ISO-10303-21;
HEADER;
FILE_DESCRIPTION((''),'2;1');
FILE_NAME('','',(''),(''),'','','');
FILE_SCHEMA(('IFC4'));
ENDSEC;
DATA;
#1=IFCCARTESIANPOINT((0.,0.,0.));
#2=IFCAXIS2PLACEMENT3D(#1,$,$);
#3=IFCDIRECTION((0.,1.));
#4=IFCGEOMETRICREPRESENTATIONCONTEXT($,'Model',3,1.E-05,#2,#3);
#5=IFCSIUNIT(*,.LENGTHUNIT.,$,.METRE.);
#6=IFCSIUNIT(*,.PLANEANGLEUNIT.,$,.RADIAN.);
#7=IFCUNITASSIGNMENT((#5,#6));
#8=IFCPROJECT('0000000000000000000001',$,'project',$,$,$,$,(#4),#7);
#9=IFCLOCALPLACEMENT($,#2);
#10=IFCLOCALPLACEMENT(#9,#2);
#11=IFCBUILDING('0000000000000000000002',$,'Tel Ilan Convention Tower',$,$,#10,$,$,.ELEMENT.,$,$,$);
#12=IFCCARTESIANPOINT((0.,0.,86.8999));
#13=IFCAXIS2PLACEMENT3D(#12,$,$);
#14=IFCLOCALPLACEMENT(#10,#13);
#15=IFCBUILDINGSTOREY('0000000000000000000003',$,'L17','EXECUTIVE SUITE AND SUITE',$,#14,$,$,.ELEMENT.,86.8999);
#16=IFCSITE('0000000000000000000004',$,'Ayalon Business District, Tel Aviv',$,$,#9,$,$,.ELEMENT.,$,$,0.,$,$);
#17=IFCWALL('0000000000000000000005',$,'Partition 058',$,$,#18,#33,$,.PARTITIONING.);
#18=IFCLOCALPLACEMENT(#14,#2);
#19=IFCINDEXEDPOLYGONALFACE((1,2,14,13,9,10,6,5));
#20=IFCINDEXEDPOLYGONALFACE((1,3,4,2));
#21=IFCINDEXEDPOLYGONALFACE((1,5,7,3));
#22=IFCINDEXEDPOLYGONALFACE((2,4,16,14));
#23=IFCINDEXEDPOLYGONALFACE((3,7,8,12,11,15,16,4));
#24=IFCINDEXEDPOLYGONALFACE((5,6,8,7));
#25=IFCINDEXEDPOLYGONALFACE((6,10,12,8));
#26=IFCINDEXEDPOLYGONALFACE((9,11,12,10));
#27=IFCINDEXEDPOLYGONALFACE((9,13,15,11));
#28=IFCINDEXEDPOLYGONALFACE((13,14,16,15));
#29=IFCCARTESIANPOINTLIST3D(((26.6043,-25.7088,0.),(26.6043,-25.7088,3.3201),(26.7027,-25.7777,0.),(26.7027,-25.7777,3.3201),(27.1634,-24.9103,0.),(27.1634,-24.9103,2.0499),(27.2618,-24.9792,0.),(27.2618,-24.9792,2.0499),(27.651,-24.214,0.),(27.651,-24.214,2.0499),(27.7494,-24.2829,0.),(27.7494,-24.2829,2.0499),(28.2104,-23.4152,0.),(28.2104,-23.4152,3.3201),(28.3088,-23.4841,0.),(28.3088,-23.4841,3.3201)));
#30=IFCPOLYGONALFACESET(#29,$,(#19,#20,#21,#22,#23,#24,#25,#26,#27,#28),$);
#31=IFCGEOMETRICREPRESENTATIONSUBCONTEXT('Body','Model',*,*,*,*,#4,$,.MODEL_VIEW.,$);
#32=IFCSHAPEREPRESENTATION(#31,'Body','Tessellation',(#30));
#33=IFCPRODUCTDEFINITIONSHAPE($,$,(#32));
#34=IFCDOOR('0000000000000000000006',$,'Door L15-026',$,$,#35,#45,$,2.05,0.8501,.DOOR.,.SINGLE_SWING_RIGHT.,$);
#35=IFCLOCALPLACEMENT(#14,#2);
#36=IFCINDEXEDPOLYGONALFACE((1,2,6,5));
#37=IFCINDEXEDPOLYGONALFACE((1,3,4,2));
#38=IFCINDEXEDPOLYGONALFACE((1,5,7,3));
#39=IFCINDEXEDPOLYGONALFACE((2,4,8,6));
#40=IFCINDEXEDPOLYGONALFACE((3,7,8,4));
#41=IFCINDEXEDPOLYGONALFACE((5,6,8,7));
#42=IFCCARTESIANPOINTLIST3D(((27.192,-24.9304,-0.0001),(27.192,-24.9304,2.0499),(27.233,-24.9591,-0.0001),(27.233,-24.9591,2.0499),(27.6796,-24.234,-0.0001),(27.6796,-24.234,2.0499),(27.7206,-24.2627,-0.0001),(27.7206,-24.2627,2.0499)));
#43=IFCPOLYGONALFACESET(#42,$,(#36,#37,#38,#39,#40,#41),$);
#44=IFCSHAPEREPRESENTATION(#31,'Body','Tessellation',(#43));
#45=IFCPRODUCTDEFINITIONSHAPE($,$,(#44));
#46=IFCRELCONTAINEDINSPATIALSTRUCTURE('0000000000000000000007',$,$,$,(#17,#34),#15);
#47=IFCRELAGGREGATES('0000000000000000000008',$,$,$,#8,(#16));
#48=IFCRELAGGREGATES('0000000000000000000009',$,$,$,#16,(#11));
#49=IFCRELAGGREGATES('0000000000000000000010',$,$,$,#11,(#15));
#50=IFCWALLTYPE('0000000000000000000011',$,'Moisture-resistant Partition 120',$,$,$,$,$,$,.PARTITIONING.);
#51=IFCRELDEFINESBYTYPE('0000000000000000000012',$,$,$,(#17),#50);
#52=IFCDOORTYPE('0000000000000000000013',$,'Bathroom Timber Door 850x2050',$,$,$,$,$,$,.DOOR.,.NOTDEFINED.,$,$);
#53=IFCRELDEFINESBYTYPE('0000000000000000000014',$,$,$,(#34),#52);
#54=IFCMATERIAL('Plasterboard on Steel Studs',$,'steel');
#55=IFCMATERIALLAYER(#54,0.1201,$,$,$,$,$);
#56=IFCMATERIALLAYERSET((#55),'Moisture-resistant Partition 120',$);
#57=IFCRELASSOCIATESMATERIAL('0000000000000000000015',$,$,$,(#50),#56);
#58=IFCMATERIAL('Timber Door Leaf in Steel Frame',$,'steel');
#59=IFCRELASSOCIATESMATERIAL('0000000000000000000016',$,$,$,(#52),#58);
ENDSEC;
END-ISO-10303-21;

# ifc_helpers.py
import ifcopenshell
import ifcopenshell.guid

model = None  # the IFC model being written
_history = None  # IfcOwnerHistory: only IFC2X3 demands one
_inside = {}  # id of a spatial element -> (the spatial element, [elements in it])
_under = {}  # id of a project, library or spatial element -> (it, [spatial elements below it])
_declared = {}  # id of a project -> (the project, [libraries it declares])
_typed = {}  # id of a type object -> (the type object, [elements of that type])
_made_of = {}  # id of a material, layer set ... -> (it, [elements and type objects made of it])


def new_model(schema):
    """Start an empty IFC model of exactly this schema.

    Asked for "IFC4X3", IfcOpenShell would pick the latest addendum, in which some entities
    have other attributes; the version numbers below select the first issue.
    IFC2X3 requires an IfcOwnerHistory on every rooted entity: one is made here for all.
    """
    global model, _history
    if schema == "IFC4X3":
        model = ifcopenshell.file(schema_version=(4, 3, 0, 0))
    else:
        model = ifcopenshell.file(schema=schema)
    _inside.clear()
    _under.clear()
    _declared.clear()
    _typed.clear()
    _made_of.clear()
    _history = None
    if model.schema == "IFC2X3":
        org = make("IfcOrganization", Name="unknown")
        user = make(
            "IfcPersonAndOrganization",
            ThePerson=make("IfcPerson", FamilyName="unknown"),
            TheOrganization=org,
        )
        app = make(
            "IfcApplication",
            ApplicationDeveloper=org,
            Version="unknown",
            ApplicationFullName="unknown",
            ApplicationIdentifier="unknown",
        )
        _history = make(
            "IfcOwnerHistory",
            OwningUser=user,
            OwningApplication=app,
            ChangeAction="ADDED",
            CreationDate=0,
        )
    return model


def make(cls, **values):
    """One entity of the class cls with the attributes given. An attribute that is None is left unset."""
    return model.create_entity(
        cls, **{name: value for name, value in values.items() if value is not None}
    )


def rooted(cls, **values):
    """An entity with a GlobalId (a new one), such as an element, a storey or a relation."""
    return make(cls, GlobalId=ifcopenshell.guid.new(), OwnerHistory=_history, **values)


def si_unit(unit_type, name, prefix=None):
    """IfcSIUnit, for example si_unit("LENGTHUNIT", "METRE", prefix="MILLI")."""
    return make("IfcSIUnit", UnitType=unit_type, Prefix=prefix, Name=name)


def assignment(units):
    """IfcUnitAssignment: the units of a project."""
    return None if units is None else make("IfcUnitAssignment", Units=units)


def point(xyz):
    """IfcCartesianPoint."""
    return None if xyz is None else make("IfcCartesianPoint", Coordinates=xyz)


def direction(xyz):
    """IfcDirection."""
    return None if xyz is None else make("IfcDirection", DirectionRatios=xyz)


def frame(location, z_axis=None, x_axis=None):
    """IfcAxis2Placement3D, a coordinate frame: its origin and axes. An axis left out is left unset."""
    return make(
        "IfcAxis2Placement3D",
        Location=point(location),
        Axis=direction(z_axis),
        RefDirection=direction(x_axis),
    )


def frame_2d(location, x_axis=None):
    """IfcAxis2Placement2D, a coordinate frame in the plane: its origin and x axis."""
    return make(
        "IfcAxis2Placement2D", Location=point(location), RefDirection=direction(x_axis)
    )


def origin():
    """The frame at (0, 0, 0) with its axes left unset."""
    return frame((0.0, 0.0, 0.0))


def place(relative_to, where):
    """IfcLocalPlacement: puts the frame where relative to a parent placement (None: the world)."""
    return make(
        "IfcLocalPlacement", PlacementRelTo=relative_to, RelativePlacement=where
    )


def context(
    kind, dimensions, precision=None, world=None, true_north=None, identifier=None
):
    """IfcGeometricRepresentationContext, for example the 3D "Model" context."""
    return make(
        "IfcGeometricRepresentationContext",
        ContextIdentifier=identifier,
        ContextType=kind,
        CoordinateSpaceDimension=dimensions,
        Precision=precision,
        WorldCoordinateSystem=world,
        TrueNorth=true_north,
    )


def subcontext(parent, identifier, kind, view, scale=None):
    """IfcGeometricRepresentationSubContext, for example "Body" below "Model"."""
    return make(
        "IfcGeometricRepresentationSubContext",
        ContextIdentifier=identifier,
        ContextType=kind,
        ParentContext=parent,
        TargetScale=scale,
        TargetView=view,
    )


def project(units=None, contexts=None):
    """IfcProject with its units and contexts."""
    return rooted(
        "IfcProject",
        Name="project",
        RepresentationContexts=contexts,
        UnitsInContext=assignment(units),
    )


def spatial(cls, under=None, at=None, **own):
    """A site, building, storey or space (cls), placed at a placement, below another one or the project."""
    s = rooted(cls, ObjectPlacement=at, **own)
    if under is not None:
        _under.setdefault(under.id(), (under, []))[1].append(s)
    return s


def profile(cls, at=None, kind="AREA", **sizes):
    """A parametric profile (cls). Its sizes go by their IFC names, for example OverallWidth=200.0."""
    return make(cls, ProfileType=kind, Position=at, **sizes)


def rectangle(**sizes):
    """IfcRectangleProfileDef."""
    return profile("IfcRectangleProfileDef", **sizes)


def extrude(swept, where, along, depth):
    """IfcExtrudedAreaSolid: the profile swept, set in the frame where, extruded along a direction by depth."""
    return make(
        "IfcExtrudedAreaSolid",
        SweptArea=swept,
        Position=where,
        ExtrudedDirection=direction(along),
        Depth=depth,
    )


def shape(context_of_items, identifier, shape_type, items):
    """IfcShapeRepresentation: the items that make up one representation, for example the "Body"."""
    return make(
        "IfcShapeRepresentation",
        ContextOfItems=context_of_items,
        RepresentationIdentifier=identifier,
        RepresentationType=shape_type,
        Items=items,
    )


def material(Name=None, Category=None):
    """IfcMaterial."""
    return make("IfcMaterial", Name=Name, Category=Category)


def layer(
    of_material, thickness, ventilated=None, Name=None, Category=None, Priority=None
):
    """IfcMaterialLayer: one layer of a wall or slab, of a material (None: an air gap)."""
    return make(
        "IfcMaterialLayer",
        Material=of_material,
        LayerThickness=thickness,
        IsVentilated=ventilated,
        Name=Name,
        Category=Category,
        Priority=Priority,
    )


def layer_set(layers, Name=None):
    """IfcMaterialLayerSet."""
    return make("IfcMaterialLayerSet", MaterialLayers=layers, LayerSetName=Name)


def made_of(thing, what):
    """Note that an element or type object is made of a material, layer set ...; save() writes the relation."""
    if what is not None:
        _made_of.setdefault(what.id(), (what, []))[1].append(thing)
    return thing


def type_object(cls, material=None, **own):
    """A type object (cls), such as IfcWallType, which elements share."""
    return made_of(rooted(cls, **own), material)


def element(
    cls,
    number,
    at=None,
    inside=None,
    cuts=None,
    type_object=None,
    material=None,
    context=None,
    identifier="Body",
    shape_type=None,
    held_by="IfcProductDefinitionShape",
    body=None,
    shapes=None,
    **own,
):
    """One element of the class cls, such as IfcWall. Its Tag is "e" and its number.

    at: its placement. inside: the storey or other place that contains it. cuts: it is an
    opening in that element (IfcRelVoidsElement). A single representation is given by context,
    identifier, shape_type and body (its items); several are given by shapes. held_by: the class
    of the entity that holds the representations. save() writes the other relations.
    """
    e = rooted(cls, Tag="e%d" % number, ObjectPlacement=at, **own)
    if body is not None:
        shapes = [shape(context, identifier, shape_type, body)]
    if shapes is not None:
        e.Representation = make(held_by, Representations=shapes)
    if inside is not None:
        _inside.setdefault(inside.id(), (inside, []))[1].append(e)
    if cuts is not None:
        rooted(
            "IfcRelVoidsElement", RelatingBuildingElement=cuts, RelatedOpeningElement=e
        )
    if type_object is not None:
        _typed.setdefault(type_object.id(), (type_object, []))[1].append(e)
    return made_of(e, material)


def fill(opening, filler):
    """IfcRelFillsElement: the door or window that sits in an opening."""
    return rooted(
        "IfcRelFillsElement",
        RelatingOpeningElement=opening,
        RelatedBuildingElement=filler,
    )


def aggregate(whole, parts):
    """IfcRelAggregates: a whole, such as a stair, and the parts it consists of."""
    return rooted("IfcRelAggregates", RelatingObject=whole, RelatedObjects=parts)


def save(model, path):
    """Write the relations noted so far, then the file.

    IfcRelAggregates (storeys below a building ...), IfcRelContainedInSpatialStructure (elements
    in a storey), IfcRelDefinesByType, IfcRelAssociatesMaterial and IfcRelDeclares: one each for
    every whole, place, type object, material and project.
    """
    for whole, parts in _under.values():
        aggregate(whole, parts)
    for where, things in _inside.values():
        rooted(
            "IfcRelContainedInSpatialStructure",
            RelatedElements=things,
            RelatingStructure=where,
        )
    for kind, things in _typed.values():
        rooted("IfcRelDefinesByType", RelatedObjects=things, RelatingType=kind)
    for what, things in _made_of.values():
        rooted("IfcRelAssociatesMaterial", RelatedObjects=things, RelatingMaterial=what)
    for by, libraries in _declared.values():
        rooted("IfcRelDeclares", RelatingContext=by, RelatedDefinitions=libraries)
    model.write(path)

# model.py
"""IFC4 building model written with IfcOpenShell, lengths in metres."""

from ifc_helpers import new_model, si_unit, direction, frame, frame_2d, origin, place, context, subcontext, project, spatial, rectangle, extrude, material, layer, layer_set, type_object, element, fill, save


model = new_model("IFC4")

# Units and contexts
model_context = context("Model", 3, precision=1e-05, world=origin(), true_north=direction((0.0, 1.0)))
body_context = subcontext(model_context, "Body", "Model", "MODEL_VIEW")
ifc_project = project(units=[si_unit("LENGTHUNIT", "METRE"), si_unit("PLANEANGLEUNIT", "RADIAN")], contexts=[model_context])

# Site, building, storey
site_placement = place(None, origin())
site = spatial("IfcSite", under=ifc_project, at=site_placement, Name="Ayalon Business District, Tel Aviv", CompositionType="ELEMENT", RefElevation=0.0)
building_placement = place(site_placement, origin())
building = spatial("IfcBuilding", under=site, at=building_placement, Name="Tel Ilan Convention Tower", CompositionType="ELEMENT")
storey_placement = place(building_placement, frame((0.0, 0.0, 86.8999)))
storey = spatial("IfcBuildingStorey", under=building, at=storey_placement, Name="L17", Description="EXECUTIVE SUITE AND SUITE", CompositionType="ELEMENT", Elevation=86.8999)

# Shared definitions
ifc_material_1 = material(Name="Plasterboard on Steel Studs", Category="steel")
ifc_layer_1 = layer(ifc_material_1, 0.1201)
ifc_layer_set_1 = layer_set([ifc_layer_1], Name="Moisture-resistant Partition 120")
wall_type_1 = type_object("IfcWallType", Name="Moisture-resistant Partition 120", PredefinedType="PARTITIONING", material=ifc_layer_set_1)
ifc_material_2 = material(Name="Timber Door Leaf in Steel Frame", Category="steel")
door_type_1 = type_object("IfcDoorType", Name="Bathroom Timber Door 850x2050", OperationType="NOTDEFINED", PredefinedType="DOOR", material=ifc_material_2)

# Wall, opening, door
wall_1_placement = place(storey_placement, frame((28.2595, -23.4497, 0.0), z_axis=(0.0, 0.0, 1.0), x_axis=(-0.573609, -0.81913, 0.0)))
wall_1 = element("IfcWall", 1, at=wall_1_placement, inside=storey, type_object=wall_type_1, Name="Partition 058", PredefinedType="PARTITIONING", context=body_context, shape_type="SweptSolid", body=[
    extrude(rectangle(XDim=2.8, YDim=0.1201, at=frame_2d((1.3999, 0.0))), origin(), (0.0, 0.0, 1.0), 3.3201),
])
opening_1_placement = place(wall_1_placement, frame((0.9751, 0.0, 0.0)))
opening_1 = element("IfcOpeningElement", 2, at=opening_1_placement, cuts=wall_1, PredefinedType="OPENING", context=body_context, shape_type="SweptSolid", body=[
    extrude(rectangle(XDim=0.8501, YDim=2.05, at=frame_2d((0.425, 1.0249))), frame((0.0, 0.0701, 0.0), z_axis=(0.0, -1.0, 0.0), x_axis=(1.0, 0.0, 0.0)), (0.0, 0.0, 1.0), 0.1401),
])
door_1_placement = place(opening_1_placement, origin())
door_1 = element("IfcDoor", 3, at=door_1_placement, inside=storey, type_object=door_type_1, Name="Door L15-026", OperationType="SINGLE_SWING_RIGHT", OverallHeight=2.05, OverallWidth=0.8501, PredefinedType="DOOR", context=body_context, shape_type="SweptSolid", body=[
    extrude(rectangle(XDim=0.8501, YDim=2.05, at=frame_2d((0.425, 1.0249))), frame((0.0, 0.0249, 0.0), z_axis=(0.0, -1.0, 0.0), x_axis=(1.0, 0.0, 0.0)), (0.0, 0.0, 1.0), 0.05),
])
fill(opening_1, door_1)

save(model, "model.ifc")
